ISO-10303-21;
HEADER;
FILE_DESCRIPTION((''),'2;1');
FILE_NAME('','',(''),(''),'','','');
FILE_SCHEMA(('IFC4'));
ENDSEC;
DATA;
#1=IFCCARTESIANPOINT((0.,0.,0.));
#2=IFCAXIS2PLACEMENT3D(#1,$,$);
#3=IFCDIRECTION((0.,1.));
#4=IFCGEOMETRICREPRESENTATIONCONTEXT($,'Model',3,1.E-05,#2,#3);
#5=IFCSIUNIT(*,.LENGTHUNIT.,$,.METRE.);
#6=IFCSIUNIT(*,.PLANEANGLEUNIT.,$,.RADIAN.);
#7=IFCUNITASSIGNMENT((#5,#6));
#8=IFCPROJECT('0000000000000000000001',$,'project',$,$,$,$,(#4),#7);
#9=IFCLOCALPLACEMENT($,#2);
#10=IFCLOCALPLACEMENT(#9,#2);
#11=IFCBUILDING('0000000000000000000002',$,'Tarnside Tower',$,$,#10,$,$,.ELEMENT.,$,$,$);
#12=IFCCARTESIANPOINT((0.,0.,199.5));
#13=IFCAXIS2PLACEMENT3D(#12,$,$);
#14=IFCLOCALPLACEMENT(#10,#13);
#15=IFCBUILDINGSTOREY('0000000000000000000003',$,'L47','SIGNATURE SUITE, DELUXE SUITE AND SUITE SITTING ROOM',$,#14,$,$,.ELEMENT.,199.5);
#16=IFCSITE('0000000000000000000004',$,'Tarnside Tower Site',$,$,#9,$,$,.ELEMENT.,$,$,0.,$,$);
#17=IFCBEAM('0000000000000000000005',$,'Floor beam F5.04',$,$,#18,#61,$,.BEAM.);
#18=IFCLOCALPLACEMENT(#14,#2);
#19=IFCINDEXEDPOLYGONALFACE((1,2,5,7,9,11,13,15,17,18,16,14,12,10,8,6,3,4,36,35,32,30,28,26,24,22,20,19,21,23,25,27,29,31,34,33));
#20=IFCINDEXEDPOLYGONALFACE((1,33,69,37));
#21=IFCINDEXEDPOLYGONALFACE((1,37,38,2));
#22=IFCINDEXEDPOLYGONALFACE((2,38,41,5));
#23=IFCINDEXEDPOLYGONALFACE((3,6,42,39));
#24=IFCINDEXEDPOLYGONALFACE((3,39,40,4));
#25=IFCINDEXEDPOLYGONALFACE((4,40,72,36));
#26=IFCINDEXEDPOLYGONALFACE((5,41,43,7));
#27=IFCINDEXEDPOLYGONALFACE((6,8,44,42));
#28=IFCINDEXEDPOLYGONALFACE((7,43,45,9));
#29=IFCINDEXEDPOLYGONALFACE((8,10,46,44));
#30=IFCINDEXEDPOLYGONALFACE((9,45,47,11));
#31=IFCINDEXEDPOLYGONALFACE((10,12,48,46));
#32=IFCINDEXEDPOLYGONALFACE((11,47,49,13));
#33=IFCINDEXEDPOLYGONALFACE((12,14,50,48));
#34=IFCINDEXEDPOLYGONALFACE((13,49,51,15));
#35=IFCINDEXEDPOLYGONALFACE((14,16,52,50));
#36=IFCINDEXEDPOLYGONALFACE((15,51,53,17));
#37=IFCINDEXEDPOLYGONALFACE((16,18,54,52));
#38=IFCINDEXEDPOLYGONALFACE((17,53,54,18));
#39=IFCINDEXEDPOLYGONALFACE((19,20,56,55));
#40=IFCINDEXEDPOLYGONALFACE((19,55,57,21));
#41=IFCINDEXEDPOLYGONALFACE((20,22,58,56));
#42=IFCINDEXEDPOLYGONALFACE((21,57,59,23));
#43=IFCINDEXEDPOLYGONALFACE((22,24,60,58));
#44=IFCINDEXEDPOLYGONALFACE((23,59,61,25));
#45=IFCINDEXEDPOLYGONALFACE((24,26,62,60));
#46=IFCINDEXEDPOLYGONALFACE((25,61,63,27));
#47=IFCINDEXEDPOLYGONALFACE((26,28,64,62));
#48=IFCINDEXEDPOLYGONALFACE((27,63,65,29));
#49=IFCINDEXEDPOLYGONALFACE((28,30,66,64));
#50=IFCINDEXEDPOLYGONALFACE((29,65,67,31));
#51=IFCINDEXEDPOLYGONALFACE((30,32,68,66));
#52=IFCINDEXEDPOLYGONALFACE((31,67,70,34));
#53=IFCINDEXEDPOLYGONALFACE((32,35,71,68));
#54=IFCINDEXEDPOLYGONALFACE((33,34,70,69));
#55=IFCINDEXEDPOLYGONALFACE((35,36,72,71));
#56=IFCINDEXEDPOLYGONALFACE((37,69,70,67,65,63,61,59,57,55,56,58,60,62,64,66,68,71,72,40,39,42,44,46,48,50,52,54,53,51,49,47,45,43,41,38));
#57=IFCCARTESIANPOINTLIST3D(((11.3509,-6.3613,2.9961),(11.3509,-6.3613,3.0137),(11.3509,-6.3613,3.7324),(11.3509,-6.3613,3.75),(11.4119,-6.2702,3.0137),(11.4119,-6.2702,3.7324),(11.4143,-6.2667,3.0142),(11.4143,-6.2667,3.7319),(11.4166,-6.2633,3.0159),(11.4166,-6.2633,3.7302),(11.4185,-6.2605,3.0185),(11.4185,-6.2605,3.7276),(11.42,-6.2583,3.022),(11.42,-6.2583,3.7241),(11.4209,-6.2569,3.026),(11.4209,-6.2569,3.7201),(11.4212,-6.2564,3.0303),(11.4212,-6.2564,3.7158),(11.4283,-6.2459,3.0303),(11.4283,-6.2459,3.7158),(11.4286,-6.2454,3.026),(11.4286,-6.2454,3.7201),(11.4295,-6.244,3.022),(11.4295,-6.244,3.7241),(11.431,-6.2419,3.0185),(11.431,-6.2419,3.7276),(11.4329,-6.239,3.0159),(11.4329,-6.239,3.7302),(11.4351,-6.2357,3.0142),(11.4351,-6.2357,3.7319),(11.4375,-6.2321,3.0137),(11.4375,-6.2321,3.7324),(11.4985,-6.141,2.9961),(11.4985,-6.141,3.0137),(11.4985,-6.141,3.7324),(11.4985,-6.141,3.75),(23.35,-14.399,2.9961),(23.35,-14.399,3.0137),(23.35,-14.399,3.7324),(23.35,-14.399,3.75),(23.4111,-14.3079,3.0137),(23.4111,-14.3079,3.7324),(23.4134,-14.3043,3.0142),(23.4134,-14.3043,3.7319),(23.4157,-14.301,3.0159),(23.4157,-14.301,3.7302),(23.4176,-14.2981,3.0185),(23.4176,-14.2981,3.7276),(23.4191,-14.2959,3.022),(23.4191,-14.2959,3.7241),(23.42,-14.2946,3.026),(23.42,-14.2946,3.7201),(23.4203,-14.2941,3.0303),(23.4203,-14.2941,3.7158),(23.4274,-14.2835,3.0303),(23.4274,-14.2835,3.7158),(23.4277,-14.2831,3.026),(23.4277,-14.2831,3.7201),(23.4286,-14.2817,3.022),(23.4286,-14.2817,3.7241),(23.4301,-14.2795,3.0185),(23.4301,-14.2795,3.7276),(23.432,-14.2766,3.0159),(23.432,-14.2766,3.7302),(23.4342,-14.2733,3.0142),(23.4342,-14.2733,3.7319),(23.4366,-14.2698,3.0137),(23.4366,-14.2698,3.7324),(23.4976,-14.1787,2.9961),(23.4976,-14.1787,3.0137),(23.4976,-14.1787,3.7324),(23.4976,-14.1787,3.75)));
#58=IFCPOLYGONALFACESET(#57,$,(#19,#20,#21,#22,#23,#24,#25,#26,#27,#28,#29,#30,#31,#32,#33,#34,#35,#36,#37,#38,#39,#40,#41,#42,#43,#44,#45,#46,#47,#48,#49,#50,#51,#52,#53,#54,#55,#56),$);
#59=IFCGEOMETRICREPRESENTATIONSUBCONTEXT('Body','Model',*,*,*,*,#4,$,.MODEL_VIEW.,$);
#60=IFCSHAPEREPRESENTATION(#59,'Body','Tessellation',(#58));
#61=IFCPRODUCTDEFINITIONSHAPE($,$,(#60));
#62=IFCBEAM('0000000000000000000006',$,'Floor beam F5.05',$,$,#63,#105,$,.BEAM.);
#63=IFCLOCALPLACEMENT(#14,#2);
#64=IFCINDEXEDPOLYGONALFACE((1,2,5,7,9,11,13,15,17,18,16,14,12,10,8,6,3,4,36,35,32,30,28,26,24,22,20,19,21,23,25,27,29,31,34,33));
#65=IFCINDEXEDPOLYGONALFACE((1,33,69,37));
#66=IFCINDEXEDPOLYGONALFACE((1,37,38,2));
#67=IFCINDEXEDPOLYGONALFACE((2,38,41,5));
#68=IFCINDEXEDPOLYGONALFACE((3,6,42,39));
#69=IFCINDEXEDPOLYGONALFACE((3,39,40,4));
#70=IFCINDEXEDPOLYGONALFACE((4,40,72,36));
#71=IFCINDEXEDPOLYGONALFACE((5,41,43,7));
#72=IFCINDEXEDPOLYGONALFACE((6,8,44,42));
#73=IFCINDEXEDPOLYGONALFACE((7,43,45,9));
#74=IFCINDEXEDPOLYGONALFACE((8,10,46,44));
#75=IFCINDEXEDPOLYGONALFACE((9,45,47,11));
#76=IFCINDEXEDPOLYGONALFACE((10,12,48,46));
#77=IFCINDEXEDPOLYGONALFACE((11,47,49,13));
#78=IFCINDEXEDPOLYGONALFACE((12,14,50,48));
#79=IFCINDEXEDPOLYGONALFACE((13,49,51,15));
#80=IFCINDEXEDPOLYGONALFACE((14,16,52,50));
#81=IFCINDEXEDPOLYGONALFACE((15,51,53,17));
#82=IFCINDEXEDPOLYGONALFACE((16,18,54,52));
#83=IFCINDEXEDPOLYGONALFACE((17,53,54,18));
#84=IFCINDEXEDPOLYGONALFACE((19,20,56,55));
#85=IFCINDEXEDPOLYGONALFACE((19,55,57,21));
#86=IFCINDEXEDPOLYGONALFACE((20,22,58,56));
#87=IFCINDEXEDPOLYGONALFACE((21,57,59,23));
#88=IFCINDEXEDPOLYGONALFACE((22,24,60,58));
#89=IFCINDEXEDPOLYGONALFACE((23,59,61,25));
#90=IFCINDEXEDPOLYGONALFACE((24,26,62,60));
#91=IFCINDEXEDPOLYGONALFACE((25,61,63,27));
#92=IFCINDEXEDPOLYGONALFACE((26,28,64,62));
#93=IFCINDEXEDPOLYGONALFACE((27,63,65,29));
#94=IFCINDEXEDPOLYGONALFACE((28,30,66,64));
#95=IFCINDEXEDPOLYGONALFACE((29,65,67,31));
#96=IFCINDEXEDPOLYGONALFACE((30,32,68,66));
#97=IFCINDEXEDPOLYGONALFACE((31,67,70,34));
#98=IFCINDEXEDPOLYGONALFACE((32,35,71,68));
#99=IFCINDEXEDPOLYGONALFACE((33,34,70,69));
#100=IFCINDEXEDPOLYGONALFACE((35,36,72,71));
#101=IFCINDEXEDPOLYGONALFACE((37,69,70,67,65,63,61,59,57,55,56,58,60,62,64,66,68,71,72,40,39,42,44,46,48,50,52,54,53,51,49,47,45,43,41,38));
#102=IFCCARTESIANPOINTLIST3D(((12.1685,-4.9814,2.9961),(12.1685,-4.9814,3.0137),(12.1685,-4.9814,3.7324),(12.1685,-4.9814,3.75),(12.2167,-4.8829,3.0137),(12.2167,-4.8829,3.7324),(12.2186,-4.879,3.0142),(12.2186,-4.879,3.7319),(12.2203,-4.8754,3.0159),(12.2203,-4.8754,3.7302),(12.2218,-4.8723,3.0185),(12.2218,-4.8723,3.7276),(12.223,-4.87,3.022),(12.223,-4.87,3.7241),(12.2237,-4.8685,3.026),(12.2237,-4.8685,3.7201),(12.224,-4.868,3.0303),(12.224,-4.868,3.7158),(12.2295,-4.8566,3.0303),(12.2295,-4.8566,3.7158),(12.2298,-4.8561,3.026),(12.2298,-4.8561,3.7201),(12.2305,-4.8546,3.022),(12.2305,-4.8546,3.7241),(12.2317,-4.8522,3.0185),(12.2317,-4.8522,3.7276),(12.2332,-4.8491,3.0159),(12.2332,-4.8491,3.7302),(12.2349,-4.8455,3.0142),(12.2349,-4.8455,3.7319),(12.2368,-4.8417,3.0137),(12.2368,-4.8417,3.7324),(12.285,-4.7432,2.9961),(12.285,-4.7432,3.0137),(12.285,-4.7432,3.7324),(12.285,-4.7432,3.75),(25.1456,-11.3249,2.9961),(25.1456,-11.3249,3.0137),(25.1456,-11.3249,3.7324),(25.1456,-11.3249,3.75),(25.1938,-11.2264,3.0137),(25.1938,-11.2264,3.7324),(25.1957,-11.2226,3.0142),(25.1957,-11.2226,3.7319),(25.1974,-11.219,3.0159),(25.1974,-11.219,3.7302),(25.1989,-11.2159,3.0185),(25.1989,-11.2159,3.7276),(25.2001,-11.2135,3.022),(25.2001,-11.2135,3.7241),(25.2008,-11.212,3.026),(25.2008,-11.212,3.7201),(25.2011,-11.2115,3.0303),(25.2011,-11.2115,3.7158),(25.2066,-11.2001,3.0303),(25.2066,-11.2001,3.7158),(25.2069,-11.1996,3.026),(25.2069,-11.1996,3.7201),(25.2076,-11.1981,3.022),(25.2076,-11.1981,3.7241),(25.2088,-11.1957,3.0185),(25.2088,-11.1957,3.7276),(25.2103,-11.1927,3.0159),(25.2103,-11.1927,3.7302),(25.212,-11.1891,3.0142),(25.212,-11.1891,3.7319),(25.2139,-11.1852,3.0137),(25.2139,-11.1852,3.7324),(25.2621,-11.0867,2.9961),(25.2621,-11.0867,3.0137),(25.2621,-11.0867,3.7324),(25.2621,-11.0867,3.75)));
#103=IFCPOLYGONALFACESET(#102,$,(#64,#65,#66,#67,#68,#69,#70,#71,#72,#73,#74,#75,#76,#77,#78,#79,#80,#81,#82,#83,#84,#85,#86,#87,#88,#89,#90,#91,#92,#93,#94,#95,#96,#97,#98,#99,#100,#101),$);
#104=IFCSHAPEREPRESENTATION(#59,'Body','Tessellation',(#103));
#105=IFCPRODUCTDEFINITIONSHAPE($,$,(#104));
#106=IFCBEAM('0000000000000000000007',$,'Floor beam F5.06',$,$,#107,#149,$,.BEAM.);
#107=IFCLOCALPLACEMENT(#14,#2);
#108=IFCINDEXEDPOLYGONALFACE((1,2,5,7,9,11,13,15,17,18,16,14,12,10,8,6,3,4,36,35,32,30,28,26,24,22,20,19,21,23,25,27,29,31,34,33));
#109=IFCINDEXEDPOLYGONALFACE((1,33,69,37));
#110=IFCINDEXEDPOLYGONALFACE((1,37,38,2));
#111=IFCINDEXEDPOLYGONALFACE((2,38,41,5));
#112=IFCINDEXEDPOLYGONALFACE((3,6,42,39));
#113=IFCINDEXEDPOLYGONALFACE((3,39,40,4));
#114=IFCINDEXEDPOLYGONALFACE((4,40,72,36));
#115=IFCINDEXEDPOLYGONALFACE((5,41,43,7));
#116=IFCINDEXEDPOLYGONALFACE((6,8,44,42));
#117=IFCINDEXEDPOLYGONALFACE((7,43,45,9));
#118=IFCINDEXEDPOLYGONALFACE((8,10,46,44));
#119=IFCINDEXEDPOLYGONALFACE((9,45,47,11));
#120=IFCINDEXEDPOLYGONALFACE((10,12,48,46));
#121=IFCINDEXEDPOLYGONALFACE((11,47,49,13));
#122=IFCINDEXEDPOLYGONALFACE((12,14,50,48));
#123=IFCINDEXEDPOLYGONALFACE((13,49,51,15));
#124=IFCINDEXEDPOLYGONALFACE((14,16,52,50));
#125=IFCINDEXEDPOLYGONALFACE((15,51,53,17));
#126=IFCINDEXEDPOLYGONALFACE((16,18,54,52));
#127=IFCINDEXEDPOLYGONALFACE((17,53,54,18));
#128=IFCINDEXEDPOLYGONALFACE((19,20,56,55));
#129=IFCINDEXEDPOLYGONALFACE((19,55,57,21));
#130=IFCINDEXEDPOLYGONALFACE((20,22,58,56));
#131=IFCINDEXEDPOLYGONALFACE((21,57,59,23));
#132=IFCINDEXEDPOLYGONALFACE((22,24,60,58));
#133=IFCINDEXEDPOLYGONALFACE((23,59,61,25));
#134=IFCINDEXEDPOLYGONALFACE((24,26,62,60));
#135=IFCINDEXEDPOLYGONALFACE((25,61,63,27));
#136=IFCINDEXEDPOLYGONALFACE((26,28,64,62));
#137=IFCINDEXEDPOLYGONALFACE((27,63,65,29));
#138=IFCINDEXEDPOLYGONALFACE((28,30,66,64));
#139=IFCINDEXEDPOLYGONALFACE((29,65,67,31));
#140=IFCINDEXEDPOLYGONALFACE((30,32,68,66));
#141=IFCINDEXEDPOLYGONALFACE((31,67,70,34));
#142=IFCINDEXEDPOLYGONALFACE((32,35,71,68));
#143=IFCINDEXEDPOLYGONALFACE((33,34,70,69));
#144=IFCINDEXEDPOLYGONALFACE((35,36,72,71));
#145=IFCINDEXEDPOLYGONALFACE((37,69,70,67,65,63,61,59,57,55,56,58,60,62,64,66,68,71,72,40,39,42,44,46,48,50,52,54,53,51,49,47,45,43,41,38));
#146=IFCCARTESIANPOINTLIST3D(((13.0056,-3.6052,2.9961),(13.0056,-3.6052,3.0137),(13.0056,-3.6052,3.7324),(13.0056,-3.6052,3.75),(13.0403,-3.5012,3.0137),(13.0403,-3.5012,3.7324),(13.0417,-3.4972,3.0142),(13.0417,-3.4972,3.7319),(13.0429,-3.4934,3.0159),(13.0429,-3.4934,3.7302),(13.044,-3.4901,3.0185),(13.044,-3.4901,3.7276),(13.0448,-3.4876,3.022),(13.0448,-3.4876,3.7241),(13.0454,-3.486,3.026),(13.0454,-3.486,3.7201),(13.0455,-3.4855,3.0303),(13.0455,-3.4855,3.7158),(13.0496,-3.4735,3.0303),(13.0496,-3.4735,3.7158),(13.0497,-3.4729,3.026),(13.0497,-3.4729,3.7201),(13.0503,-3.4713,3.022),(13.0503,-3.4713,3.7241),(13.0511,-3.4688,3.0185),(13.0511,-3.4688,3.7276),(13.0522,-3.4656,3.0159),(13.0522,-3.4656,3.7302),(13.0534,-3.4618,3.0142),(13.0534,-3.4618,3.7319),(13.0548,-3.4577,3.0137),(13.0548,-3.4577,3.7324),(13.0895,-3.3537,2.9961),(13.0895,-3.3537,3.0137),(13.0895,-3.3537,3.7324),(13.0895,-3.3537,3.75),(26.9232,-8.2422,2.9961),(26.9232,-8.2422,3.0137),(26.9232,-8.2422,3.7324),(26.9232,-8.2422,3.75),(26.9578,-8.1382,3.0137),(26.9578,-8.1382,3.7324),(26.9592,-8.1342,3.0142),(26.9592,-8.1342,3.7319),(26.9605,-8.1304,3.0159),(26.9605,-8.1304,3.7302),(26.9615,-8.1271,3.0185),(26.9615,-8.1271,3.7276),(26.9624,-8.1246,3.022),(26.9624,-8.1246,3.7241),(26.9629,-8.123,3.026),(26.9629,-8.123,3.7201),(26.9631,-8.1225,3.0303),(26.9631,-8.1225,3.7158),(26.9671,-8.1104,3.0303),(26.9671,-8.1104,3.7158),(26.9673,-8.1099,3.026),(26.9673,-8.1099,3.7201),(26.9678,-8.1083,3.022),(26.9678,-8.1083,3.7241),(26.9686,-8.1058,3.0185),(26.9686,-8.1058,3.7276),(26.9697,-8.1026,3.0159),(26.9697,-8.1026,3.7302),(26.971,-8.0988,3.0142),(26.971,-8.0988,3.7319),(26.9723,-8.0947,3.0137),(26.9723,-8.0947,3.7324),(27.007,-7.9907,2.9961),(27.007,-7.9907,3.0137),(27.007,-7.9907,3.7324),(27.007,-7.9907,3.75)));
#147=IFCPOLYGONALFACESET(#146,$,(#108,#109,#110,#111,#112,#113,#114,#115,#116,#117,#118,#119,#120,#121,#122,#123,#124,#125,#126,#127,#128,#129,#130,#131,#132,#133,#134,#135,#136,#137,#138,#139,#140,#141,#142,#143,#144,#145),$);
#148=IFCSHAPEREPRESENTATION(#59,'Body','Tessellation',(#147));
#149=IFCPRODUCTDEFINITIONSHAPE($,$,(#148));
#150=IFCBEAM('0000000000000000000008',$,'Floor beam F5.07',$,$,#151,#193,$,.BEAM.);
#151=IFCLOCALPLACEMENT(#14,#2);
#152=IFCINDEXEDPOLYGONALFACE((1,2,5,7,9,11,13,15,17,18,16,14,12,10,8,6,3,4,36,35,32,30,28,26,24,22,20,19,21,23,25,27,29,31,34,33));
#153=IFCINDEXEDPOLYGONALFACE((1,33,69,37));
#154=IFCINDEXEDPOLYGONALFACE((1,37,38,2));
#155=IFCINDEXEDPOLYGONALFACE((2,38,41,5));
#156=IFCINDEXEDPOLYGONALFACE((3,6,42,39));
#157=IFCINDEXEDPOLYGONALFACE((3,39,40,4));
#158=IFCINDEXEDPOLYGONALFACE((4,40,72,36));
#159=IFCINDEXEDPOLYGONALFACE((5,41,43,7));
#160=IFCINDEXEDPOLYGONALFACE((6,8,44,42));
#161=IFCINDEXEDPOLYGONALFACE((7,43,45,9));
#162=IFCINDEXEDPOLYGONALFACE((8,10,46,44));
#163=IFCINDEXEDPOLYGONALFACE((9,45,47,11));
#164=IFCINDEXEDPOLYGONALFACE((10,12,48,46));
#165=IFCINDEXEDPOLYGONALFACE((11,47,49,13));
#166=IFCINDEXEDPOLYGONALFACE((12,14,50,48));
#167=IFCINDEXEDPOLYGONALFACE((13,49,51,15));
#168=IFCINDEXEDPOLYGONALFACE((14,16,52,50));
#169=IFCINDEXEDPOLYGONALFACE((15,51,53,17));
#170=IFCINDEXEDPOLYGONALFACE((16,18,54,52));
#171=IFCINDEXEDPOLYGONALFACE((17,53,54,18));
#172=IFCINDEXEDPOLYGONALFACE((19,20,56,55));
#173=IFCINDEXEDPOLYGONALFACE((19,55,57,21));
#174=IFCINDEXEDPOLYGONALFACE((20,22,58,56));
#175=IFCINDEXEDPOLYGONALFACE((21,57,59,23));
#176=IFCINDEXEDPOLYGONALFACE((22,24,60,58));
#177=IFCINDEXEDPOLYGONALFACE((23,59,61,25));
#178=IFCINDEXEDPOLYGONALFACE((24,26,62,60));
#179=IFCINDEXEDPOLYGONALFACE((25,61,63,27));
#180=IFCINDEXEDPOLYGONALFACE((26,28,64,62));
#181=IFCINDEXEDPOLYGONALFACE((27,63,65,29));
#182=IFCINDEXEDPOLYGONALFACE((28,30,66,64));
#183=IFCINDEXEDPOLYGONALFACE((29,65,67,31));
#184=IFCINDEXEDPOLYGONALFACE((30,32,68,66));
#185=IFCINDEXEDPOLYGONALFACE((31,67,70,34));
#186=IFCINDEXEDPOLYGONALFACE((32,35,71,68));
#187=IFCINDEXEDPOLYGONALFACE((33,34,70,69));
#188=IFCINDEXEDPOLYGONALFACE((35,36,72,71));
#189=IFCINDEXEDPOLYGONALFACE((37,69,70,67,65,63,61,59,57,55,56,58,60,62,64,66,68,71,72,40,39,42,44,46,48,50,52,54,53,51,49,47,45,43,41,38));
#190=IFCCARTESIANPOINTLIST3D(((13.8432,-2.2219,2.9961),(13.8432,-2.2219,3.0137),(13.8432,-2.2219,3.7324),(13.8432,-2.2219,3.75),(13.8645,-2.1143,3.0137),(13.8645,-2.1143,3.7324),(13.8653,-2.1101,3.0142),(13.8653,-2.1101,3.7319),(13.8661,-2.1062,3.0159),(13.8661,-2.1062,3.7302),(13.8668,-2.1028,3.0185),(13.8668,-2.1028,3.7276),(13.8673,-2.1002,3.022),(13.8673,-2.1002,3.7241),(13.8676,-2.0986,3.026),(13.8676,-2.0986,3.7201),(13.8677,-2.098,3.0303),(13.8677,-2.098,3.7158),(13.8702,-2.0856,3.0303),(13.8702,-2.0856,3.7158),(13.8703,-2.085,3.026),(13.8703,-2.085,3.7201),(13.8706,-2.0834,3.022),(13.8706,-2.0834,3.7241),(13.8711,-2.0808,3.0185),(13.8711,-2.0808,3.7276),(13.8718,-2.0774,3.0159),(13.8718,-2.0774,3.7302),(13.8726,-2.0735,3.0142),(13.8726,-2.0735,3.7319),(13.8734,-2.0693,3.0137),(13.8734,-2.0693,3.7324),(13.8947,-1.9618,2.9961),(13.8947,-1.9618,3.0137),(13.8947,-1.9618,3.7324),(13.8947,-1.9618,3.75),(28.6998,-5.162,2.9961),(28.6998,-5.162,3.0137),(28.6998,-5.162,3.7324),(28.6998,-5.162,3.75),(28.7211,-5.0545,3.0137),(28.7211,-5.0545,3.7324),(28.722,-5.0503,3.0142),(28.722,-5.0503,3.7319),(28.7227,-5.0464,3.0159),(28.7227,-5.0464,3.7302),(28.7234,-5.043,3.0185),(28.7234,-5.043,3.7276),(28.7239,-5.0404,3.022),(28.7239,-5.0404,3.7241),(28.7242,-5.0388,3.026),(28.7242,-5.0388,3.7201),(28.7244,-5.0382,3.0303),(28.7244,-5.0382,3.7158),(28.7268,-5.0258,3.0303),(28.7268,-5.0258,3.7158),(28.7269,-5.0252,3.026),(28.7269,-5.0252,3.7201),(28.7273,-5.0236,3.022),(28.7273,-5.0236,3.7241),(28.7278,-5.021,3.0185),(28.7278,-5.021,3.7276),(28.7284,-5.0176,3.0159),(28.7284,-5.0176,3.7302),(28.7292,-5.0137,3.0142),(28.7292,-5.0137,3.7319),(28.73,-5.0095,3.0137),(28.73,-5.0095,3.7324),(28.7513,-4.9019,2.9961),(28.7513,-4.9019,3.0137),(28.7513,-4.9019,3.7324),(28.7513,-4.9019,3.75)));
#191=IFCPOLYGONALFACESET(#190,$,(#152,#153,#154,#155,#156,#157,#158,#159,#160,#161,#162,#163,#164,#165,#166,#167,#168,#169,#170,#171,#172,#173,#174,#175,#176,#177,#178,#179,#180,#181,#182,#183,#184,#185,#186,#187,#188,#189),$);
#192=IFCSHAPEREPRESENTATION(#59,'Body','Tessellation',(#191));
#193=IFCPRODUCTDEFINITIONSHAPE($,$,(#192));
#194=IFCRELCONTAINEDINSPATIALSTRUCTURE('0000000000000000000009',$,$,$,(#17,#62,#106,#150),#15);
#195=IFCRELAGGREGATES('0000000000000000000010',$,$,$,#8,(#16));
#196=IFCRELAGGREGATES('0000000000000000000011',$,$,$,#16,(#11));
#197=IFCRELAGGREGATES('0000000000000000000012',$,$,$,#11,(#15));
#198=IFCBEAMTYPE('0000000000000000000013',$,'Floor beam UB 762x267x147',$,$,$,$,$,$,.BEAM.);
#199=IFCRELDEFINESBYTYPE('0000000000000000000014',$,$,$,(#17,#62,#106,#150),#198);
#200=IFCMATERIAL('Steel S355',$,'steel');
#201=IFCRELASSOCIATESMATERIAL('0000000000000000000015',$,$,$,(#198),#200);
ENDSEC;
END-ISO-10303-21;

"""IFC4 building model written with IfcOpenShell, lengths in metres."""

from ifc_helpers import new_model, si_unit, direction, frame, origin, origin_2d, place, context, subcontext, project, spatial, i_section, extrude, material, material_profile, profile_set, type_object, element, save


model = new_model("IFC4")

# Units and contexts
model_context = context("Model", 3, precision=1e-05, world=origin(), true_north=direction((0.0, 1.0)))
body_context = subcontext(model_context, "Body", "Model", "MODEL_VIEW")
ifc_project = project(units=[si_unit("LENGTHUNIT", "METRE"), si_unit("PLANEANGLEUNIT", "RADIAN")], contexts=[model_context])

# Site, building, storey
site_placement = place(None, origin())
site = spatial("IfcSite", under=ifc_project, at=site_placement, Name="Tarnside Tower Site", CompositionType="ELEMENT", RefElevation=0.0)
building_placement = place(site_placement, origin())
building = spatial("IfcBuilding", under=site, at=building_placement, Name="Tarnside Tower", CompositionType="ELEMENT")
storey_placement = place(building_placement, frame((0.0, 0.0, 199.5)))
storey = spatial("IfcBuildingStorey", under=building, at=storey_placement, Name="L47", Description="SIGNATURE SUITE, DELUXE SUITE AND SUITE SITTING ROOM", CompositionType="ELEMENT", Elevation=199.5)

# Beams
ifc_material_1 = material(Name="Steel S355", Category="steel")
ifc_material_profile_1 = material_profile(ifc_material_1, i_section(OverallWidth=0.2651, OverallDepth=0.7539, WebThickness=0.0127, FlangeThickness=0.0176, FilletRadius=0.0166, at=origin_2d()), Name="UB 762x267x147")
ifc_profile_set_1 = profile_set([ifc_material_profile_1], Name="Steel S355")
beam_type_1 = type_object("IfcBeamType", Name="Floor beam UB 762x267x147", PredefinedType="BEAM", material=ifc_profile_set_1)
beam_1_placement = place(storey_placement, frame((23.4238, -14.2888, 3.373), z_axis=(-0.830826, 0.556532, 0.0), x_axis=(-0.556532, -0.830826, 0.0)))
element("IfcBeam", 1, at=beam_1_placement, inside=storey, type_object=beam_type_1, Name="Floor beam F5.04", PredefinedType="BEAM", context=body_context, shape_type="SweptSolid", body=[
    extrude(i_section(OverallWidth=0.2651, OverallDepth=0.7539, WebThickness=0.0127, FlangeThickness=0.0176, FilletRadius=0.0166, at=origin_2d()), origin(), (0.0, 0.0, 1.0), 14.4424),
])
beam_2_placement = place(storey_placement, frame((25.2039, -11.2058, 3.373), z_axis=(-0.898407, 0.439164, 0.0), x_axis=(-0.439164, -0.898407, 0.0)))
element("IfcBeam", 2, at=beam_2_placement, inside=storey, type_object=beam_type_1, Name="Floor beam F5.05", PredefinedType="BEAM", context=body_context, shape_type="SweptSolid", body=[
    extrude(i_section(OverallWidth=0.2651, OverallDepth=0.7539, WebThickness=0.0127, FlangeThickness=0.0176, FilletRadius=0.0166, at=origin_2d()), origin(), (0.0, 0.0, 1.0), 14.4446),
])
beam_3_placement = place(storey_placement, frame((26.9651, -8.1165, 3.373), z_axis=(-0.948728, 0.316093, 0.0), x_axis=(-0.316093, -0.948728, 0.0)))
element("IfcBeam", 3, at=beam_3_placement, inside=storey, type_object=beam_type_1, Name="Floor beam F5.06", PredefinedType="BEAM", context=body_context, shape_type="SweptSolid", body=[
    extrude(i_section(OverallWidth=0.2651, OverallDepth=0.7539, WebThickness=0.0127, FlangeThickness=0.0176, FilletRadius=0.0166, at=origin_2d()), origin(), (0.0, 0.0, 1.0), 14.6697),
])
beam_4_placement = place(storey_placement, frame((28.7256, -5.032, 3.373), z_axis=(-0.980974, 0.194138, 0.0), x_axis=(-0.194138, -0.980974, 0.0)))
element("IfcBeam", 4, at=beam_4_placement, inside=storey, type_object=beam_type_1, Name="Floor beam F5.07", PredefinedType="BEAM", context=body_context, shape_type="SweptSolid", body=[
    extrude(i_section(OverallWidth=0.2651, OverallDepth=0.7539, WebThickness=0.0127, FlangeThickness=0.0176, FilletRadius=0.0166, at=origin_2d()), origin(), (0.0, 0.0, 1.0), 15.1448),
])

save(model, "model.ifc")
